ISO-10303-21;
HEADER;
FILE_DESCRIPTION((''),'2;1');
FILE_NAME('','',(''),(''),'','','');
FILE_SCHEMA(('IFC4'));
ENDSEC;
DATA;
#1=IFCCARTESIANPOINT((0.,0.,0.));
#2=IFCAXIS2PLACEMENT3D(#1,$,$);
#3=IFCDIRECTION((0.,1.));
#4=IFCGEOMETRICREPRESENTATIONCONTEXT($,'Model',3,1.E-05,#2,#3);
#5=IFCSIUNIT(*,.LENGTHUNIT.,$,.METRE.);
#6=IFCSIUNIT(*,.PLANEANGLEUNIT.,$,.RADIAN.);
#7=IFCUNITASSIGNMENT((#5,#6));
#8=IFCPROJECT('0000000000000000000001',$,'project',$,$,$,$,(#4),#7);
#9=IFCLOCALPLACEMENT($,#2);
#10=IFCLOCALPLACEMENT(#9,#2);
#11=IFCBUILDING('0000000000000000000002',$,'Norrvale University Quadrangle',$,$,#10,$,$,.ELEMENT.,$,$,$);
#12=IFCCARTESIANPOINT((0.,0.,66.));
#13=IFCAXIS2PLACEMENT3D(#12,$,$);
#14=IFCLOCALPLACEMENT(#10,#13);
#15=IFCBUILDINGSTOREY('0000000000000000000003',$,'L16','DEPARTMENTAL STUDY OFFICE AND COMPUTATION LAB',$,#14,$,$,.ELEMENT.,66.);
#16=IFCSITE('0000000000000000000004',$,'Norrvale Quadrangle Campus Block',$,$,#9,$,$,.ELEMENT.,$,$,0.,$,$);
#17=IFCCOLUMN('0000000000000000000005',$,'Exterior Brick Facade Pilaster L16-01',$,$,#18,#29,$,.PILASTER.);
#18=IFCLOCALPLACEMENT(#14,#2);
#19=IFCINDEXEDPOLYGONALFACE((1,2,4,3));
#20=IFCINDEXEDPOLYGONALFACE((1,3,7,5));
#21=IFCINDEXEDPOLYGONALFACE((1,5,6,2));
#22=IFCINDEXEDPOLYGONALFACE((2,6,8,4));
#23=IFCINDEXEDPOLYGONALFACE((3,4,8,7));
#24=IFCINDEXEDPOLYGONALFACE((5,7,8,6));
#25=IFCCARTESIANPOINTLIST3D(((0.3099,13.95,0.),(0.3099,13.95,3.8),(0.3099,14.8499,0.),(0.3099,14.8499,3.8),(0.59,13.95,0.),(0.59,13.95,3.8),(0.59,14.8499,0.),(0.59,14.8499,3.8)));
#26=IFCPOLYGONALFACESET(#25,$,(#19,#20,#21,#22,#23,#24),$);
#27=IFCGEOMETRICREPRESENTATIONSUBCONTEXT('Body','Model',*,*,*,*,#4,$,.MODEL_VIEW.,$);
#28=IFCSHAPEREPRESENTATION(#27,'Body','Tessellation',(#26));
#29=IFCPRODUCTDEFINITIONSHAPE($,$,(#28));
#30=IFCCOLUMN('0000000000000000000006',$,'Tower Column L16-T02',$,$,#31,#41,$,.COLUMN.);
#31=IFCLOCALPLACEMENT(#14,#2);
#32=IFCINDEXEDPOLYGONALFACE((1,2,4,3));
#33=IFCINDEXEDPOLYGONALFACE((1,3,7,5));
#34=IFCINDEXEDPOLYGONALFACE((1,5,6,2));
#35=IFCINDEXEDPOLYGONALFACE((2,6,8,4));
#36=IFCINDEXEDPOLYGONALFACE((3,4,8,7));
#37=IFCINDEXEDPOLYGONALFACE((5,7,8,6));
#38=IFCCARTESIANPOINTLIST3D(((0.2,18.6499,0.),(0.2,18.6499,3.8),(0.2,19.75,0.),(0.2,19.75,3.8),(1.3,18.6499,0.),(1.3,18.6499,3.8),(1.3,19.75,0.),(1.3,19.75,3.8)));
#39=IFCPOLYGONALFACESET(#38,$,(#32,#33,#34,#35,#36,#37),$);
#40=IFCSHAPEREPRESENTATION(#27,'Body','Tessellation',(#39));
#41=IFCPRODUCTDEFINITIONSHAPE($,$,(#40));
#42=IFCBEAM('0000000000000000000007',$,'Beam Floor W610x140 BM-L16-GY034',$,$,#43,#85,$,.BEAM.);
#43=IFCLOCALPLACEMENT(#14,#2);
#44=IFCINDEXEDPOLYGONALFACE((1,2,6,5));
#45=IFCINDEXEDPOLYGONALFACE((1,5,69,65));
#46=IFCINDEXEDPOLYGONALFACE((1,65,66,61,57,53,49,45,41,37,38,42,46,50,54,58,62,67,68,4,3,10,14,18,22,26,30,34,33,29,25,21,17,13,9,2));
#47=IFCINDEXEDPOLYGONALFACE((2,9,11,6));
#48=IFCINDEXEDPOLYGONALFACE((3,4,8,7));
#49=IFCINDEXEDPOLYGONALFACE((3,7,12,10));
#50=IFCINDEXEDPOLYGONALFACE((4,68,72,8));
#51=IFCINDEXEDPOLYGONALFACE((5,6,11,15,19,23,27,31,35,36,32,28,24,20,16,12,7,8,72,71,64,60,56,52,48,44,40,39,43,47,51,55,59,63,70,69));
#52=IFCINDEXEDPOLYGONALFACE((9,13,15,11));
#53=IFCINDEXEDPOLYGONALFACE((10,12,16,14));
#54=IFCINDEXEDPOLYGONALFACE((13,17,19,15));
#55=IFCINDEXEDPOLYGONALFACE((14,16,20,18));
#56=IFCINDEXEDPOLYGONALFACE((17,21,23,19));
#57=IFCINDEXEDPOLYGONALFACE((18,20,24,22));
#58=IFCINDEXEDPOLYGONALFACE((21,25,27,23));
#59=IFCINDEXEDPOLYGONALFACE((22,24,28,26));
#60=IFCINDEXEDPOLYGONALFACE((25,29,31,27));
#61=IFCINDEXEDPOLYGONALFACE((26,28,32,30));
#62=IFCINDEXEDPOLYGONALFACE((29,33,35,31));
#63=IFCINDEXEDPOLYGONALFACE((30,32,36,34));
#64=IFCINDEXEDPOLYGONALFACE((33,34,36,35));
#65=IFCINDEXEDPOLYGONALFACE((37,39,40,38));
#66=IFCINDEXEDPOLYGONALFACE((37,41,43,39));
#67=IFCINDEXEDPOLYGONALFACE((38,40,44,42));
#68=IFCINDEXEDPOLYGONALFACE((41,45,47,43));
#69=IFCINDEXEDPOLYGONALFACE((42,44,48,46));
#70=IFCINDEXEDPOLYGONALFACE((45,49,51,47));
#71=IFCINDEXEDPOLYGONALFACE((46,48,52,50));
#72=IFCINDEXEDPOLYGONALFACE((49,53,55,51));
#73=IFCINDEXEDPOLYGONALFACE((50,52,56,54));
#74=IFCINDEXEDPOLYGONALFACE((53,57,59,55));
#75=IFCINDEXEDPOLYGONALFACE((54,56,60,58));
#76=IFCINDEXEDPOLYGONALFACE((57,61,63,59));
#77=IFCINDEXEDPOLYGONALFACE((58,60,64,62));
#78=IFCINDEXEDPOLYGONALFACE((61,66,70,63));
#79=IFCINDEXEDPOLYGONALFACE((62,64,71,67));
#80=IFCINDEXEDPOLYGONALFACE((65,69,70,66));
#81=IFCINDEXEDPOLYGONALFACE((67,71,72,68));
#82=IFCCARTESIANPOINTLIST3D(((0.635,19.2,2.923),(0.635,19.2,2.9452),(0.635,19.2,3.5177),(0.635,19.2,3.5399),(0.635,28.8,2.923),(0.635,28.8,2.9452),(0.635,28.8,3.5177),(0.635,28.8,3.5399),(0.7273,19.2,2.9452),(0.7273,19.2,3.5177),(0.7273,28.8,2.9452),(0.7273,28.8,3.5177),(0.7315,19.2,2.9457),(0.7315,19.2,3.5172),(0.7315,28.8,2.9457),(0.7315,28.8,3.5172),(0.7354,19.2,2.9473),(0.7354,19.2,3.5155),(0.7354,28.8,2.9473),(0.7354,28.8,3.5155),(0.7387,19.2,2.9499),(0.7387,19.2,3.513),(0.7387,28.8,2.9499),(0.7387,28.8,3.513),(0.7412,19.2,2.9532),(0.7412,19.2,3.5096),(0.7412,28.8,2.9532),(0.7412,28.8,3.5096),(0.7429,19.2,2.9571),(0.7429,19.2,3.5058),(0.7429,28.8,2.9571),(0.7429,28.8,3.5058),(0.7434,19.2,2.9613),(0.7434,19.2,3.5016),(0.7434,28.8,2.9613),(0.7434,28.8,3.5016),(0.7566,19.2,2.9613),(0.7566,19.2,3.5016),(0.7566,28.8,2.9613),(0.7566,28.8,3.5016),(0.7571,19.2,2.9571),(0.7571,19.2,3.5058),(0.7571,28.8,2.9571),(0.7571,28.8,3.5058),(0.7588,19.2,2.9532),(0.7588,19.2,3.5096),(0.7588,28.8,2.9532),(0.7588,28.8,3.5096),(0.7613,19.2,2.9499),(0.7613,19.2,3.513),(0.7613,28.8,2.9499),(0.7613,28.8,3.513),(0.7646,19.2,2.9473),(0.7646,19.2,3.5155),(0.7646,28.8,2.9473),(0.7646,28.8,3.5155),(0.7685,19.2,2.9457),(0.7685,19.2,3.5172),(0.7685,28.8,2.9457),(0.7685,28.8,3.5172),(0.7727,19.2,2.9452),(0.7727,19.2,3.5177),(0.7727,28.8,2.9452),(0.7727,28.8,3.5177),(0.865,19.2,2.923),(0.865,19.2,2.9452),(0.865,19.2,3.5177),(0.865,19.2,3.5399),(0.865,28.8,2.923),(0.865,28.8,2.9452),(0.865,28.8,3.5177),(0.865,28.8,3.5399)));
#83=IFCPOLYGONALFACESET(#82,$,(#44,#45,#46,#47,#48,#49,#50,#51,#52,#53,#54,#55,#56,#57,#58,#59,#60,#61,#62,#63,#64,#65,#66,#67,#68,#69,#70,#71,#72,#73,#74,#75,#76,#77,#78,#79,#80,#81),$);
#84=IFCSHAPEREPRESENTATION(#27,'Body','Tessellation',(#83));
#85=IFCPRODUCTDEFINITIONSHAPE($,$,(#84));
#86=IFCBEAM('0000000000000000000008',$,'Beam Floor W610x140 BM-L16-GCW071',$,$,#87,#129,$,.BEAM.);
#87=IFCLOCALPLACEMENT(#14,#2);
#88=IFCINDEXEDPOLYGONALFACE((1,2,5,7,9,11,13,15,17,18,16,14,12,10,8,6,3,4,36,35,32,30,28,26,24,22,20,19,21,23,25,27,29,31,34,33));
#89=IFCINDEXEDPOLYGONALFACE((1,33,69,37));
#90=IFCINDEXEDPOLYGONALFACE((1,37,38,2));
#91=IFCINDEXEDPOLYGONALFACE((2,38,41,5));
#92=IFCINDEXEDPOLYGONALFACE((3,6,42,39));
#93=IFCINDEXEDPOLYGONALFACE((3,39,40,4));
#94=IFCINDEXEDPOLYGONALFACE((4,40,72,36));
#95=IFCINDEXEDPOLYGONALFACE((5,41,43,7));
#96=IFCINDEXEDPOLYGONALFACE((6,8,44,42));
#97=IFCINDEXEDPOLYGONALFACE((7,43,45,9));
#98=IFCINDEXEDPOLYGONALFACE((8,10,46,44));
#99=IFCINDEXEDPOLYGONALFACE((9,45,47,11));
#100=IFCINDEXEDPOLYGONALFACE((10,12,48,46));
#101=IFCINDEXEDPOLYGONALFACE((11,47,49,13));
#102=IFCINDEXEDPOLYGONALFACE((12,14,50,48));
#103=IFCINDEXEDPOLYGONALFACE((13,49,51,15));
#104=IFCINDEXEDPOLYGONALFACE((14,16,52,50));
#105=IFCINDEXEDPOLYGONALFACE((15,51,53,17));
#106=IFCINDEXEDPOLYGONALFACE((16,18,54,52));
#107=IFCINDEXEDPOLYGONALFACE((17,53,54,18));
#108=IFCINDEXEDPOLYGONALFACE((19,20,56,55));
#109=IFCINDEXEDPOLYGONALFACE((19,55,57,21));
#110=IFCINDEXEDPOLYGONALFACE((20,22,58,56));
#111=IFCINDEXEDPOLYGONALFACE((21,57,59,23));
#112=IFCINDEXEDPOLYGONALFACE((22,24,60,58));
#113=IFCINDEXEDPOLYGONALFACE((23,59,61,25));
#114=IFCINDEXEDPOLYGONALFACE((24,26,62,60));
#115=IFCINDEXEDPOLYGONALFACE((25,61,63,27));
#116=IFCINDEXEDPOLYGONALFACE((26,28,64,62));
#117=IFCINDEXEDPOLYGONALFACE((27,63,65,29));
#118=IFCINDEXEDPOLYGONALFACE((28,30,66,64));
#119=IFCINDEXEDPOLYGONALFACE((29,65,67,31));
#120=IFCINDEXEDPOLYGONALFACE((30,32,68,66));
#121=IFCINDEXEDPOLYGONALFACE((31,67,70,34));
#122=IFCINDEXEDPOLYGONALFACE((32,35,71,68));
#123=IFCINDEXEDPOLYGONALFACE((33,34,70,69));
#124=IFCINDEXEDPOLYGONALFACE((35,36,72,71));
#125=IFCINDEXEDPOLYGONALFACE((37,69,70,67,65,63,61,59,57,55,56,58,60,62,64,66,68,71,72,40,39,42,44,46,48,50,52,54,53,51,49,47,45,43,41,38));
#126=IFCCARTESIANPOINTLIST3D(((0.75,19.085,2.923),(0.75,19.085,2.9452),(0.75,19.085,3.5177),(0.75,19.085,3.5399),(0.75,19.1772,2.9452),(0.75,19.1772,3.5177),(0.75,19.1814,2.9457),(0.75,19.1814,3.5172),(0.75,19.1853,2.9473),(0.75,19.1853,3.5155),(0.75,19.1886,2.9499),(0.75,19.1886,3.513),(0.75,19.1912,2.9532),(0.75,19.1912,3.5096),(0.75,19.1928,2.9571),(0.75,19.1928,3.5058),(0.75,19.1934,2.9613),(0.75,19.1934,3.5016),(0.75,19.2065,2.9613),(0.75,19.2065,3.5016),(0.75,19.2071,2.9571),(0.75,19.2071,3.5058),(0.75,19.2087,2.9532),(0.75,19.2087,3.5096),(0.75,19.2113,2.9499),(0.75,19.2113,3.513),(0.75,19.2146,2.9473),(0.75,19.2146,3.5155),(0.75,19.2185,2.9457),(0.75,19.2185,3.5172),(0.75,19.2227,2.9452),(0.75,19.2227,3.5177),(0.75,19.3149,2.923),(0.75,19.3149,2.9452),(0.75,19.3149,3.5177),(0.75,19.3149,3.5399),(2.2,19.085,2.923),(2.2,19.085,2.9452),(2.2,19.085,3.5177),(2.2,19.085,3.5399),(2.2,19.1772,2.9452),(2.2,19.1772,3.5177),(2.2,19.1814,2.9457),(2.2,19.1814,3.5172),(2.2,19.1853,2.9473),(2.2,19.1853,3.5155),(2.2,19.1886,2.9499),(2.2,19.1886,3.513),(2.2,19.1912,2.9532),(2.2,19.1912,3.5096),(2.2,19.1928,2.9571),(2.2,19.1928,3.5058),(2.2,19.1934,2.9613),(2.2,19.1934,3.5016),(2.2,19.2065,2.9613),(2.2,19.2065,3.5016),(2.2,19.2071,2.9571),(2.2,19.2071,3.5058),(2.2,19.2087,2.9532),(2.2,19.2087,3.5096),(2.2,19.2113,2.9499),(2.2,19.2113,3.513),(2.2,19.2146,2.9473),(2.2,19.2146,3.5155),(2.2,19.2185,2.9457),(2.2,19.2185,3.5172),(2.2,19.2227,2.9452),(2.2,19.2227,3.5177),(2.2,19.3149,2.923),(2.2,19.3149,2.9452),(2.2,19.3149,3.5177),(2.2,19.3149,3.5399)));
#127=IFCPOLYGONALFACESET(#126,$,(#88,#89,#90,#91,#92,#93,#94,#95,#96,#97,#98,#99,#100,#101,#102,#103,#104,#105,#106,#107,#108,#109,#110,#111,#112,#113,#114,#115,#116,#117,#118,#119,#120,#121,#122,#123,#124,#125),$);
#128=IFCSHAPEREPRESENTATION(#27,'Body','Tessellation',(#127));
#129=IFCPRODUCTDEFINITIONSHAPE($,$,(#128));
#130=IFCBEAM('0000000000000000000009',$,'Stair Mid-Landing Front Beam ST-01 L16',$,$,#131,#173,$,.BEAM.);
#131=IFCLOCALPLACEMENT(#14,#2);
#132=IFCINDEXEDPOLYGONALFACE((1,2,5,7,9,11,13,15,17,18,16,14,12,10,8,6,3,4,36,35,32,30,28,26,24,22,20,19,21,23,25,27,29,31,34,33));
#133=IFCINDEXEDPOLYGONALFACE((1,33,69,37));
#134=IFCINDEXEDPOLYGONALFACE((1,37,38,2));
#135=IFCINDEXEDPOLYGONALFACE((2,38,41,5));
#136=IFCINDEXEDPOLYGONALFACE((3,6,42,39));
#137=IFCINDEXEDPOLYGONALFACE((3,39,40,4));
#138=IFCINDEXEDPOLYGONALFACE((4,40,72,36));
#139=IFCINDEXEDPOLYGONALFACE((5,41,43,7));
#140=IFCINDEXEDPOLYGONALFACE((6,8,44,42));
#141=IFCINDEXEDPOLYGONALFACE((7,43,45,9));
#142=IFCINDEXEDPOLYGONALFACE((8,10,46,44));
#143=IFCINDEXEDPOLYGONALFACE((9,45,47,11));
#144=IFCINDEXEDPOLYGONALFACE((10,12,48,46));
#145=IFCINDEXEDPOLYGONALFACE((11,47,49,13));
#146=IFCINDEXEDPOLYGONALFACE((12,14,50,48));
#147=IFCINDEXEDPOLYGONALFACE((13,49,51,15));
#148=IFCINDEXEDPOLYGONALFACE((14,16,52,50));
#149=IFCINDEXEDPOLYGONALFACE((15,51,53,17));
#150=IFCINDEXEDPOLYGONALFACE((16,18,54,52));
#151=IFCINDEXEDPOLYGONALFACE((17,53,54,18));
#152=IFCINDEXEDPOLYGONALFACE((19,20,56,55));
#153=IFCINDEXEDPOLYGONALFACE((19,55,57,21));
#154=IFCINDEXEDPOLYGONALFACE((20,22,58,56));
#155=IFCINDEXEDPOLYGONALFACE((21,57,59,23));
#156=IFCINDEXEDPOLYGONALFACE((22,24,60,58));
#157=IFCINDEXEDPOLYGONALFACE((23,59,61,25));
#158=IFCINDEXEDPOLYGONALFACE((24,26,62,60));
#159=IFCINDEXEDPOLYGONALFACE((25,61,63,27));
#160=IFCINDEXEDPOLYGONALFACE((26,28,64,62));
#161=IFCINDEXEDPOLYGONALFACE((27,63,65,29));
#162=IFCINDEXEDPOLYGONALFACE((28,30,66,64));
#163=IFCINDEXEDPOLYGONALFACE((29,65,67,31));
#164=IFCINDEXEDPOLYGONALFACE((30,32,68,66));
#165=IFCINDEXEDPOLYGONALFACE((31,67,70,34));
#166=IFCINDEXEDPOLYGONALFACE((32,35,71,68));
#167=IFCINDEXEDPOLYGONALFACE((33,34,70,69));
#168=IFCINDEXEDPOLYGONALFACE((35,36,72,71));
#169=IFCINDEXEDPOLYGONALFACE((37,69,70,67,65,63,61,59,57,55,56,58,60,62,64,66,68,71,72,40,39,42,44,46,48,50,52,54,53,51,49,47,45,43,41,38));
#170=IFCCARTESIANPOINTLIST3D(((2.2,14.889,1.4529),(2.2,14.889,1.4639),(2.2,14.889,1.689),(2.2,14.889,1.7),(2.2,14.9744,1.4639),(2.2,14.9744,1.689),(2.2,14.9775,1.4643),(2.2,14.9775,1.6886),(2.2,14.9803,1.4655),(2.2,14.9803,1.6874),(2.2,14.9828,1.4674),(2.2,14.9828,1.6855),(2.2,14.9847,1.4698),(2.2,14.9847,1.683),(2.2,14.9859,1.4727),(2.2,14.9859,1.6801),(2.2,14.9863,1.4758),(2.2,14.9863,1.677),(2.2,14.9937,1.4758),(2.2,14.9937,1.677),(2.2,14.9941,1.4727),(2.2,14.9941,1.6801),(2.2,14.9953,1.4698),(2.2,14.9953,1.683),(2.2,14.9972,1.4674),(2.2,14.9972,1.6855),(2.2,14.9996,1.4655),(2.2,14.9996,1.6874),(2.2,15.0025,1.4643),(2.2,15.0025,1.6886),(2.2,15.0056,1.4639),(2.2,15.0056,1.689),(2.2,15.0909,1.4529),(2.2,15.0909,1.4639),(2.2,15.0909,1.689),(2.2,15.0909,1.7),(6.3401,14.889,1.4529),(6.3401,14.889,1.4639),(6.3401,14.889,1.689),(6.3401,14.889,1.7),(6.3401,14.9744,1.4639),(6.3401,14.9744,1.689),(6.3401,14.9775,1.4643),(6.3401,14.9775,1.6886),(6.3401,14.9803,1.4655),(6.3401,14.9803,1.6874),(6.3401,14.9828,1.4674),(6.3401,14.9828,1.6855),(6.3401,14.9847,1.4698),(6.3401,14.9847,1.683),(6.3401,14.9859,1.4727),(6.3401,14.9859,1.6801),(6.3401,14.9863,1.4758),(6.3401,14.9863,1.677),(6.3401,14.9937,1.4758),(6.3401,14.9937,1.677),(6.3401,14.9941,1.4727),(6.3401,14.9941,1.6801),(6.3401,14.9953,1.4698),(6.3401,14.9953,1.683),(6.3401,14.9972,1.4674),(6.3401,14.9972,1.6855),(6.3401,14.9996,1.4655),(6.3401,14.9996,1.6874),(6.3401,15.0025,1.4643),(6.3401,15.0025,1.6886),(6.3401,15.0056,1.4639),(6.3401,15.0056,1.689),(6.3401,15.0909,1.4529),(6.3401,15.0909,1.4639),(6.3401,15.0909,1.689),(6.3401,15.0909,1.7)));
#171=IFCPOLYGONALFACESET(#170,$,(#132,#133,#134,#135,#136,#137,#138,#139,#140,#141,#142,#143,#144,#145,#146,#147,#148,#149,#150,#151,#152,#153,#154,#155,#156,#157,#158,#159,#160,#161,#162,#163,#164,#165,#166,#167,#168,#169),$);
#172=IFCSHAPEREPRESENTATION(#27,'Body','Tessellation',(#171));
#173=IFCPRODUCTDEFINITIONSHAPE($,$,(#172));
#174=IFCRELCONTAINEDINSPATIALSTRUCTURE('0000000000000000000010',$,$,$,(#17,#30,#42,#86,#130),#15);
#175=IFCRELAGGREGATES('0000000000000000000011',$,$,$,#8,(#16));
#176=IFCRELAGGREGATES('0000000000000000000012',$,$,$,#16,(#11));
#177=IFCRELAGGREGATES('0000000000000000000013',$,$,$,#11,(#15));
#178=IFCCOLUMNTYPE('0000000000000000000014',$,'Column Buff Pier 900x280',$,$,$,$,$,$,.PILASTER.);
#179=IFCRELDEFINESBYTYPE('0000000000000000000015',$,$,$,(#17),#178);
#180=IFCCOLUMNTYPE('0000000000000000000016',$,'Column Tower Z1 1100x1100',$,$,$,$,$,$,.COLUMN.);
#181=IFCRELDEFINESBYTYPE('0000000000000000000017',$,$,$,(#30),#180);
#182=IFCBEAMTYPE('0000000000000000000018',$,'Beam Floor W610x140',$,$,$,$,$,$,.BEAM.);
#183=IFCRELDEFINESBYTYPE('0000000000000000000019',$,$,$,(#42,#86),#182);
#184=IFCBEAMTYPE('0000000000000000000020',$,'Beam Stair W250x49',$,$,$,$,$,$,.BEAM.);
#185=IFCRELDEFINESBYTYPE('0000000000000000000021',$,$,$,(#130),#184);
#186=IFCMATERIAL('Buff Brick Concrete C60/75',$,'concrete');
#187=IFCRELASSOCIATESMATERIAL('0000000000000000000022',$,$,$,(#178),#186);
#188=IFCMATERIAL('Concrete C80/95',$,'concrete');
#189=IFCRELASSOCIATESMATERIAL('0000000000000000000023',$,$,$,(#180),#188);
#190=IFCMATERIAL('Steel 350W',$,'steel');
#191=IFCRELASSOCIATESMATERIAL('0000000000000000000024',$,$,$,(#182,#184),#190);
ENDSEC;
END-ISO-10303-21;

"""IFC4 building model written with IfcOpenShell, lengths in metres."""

from ifc_helpers import new_model, si_unit, direction, frame, origin, origin_2d, place, context, subcontext, project, spatial, rectangle, i_section, extrude, material, material_profile, profile_set, type_object, element, save


model = new_model("IFC4")

# Units and contexts
model_context = context("Model", 3, precision=1e-05, world=origin(), true_north=direction((0.0, 1.0)))
body_context = subcontext(model_context, "Body", "Model", "MODEL_VIEW")
ifc_project = project(units=[si_unit("LENGTHUNIT", "METRE"), si_unit("PLANEANGLEUNIT", "RADIAN")], contexts=[model_context])

# Site, building, storey
site_placement = place(None, origin())
site = spatial("IfcSite", under=ifc_project, at=site_placement, Name="Norrvale Quadrangle Campus Block", CompositionType="ELEMENT", RefElevation=0.0)
building_placement = place(site_placement, origin())
building = spatial("IfcBuilding", under=site, at=building_placement, Name="Norrvale University Quadrangle", CompositionType="ELEMENT")
storey_placement = place(building_placement, frame((0.0, 0.0, 66.0)))
storey = spatial("IfcBuildingStorey", under=building, at=storey_placement, Name="L16", Description="DEPARTMENTAL STUDY OFFICE AND COMPUTATION LAB", CompositionType="ELEMENT", Elevation=66.0)

# Columns
ifc_material_1 = material(Name="Buff Brick Concrete C60/75", Category="concrete")
ifc_material_profile_1 = material_profile(ifc_material_1, rectangle(XDim=0.8999, YDim=0.28, at=origin_2d()), Name="Buff Brick Concrete C60/75")
ifc_profile_set_1 = profile_set([ifc_material_profile_1], Name="Buff Brick Concrete C60/75")
column_type_1 = type_object("IfcColumnType", Name="Column Buff Pier 900x280", PredefinedType="PILASTER", material=ifc_profile_set_1)
column_1_placement = place(storey_placement, frame((0.45, 14.3999, 0.0), z_axis=(0.0, 0.0, 1.0), x_axis=(0.0, 1.0, 0.0)))
element("IfcColumn", 1, at=column_1_placement, inside=storey, type_object=column_type_1, Name="Exterior Brick Facade Pilaster L16-01", PredefinedType="PILASTER", context=body_context, shape_type="SweptSolid", body=[
    extrude(rectangle(XDim=0.8999, YDim=0.28, at=origin_2d()), origin(), (0.0, 0.0, 1.0), 3.8),
])
ifc_material_2 = material(Name="Concrete C80/95", Category="concrete")
ifc_material_profile_2 = material_profile(ifc_material_2, rectangle(XDim=1.1001, YDim=1.1001, at=origin_2d()), Name="Concrete C80/95")
ifc_profile_set_2 = profile_set([ifc_material_profile_2], Name="Concrete C80/95")
column_type_2 = type_object("IfcColumnType", Name="Column Tower Z1 1100x1100", PredefinedType="COLUMN", material=ifc_profile_set_2)
column_2_placement = place(storey_placement, frame((0.75, 19.2, 0.0), z_axis=(0.0, 0.0, 1.0), x_axis=(1.0, 0.0, 0.0)))
element("IfcColumn", 2, at=column_2_placement, inside=storey, type_object=column_type_2, Name="Tower Column L16-T02", PredefinedType="COLUMN", context=body_context, shape_type="SweptSolid", body=[
    extrude(rectangle(XDim=1.1001, YDim=1.1001, at=origin_2d()), origin(), (0.0, 0.0, 1.0), 3.8),
])

# Beams
ifc_material_3 = material(Name="Steel 350W", Category="steel")
ifc_material_profile_3 = material_profile(ifc_material_3, i_section(OverallWidth=0.23, OverallDepth=0.6169, WebThickness=0.0132, FlangeThickness=0.0222, FilletRadius=0.0161, at=origin_2d()), Name="Steel 350W")
ifc_profile_set_3 = profile_set([ifc_material_profile_3], Name="Steel 350W")
beam_type_1 = type_object("IfcBeamType", Name="Beam Floor W610x140", PredefinedType="BEAM", material=ifc_profile_set_3)
beam_1_placement = place(storey_placement, frame((0.75, 19.2, 3.2314), z_axis=(0.0, 1.0, 0.0), x_axis=(-1.0, 0.0, 0.0)))
element("IfcBeam", 3, at=beam_1_placement, inside=storey, type_object=beam_type_1, Name="Beam Floor W610x140 BM-L16-GY034", PredefinedType="BEAM", context=body_context, shape_type="SweptSolid", body=[
    extrude(i_section(OverallWidth=0.23, OverallDepth=0.6169, WebThickness=0.0132, FlangeThickness=0.0222, FilletRadius=0.0161, at=origin_2d()), origin(), (0.0, 0.0, 1.0), 9.6001),
])
beam_2_placement = place(storey_placement, frame((0.75, 19.2, 3.2314), z_axis=(1.0, 0.0, 0.0), x_axis=(0.0, 1.0, 0.0)))
element("IfcBeam", 4, at=beam_2_placement, inside=storey, type_object=beam_type_1, Name="Beam Floor W610x140 BM-L16-GCW071", PredefinedType="BEAM", context=body_context, shape_type="SweptSolid", body=[
    extrude(i_section(OverallWidth=0.23, OverallDepth=0.6169, WebThickness=0.0132, FlangeThickness=0.0222, FilletRadius=0.0161, at=origin_2d()), origin(), (0.0, 0.0, 1.0), 1.45),
])
ifc_material_profile_4 = material_profile(ifc_material_3, i_section(OverallWidth=0.2019, OverallDepth=0.2471, WebThickness=0.0073, FlangeThickness=0.011, FilletRadius=0.012, at=origin_2d()), Name="Steel 350W")
ifc_profile_set_4 = profile_set([ifc_material_profile_4], Name="Steel 350W")
beam_type_2 = type_object("IfcBeamType", Name="Beam Stair W250x49", PredefinedType="BEAM", material=ifc_profile_set_4)
for number, where, z_axis, x_axis, name in (
    (5, (2.2, 14.99, 1.5764), (1.0, 0.0, 0.0), (0.0, 1.0, 0.0), "Stair Mid-Landing Front Beam ST-01 L16"),
):
    element("IfcBeam", number, at=place(storey_placement, frame(where, z_axis=z_axis, x_axis=x_axis)), inside=storey, type_object=beam_type_2, Name=name, PredefinedType="BEAM", context=body_context, shape_type="SweptSolid", body=[
        extrude(i_section(OverallWidth=0.2019, OverallDepth=0.2471, WebThickness=0.0073, FlangeThickness=0.011, FilletRadius=0.012, at=origin_2d()), origin(), (0.0, 0.0, 1.0), 4.1401),
    ])

save(model, "model.ifc")
